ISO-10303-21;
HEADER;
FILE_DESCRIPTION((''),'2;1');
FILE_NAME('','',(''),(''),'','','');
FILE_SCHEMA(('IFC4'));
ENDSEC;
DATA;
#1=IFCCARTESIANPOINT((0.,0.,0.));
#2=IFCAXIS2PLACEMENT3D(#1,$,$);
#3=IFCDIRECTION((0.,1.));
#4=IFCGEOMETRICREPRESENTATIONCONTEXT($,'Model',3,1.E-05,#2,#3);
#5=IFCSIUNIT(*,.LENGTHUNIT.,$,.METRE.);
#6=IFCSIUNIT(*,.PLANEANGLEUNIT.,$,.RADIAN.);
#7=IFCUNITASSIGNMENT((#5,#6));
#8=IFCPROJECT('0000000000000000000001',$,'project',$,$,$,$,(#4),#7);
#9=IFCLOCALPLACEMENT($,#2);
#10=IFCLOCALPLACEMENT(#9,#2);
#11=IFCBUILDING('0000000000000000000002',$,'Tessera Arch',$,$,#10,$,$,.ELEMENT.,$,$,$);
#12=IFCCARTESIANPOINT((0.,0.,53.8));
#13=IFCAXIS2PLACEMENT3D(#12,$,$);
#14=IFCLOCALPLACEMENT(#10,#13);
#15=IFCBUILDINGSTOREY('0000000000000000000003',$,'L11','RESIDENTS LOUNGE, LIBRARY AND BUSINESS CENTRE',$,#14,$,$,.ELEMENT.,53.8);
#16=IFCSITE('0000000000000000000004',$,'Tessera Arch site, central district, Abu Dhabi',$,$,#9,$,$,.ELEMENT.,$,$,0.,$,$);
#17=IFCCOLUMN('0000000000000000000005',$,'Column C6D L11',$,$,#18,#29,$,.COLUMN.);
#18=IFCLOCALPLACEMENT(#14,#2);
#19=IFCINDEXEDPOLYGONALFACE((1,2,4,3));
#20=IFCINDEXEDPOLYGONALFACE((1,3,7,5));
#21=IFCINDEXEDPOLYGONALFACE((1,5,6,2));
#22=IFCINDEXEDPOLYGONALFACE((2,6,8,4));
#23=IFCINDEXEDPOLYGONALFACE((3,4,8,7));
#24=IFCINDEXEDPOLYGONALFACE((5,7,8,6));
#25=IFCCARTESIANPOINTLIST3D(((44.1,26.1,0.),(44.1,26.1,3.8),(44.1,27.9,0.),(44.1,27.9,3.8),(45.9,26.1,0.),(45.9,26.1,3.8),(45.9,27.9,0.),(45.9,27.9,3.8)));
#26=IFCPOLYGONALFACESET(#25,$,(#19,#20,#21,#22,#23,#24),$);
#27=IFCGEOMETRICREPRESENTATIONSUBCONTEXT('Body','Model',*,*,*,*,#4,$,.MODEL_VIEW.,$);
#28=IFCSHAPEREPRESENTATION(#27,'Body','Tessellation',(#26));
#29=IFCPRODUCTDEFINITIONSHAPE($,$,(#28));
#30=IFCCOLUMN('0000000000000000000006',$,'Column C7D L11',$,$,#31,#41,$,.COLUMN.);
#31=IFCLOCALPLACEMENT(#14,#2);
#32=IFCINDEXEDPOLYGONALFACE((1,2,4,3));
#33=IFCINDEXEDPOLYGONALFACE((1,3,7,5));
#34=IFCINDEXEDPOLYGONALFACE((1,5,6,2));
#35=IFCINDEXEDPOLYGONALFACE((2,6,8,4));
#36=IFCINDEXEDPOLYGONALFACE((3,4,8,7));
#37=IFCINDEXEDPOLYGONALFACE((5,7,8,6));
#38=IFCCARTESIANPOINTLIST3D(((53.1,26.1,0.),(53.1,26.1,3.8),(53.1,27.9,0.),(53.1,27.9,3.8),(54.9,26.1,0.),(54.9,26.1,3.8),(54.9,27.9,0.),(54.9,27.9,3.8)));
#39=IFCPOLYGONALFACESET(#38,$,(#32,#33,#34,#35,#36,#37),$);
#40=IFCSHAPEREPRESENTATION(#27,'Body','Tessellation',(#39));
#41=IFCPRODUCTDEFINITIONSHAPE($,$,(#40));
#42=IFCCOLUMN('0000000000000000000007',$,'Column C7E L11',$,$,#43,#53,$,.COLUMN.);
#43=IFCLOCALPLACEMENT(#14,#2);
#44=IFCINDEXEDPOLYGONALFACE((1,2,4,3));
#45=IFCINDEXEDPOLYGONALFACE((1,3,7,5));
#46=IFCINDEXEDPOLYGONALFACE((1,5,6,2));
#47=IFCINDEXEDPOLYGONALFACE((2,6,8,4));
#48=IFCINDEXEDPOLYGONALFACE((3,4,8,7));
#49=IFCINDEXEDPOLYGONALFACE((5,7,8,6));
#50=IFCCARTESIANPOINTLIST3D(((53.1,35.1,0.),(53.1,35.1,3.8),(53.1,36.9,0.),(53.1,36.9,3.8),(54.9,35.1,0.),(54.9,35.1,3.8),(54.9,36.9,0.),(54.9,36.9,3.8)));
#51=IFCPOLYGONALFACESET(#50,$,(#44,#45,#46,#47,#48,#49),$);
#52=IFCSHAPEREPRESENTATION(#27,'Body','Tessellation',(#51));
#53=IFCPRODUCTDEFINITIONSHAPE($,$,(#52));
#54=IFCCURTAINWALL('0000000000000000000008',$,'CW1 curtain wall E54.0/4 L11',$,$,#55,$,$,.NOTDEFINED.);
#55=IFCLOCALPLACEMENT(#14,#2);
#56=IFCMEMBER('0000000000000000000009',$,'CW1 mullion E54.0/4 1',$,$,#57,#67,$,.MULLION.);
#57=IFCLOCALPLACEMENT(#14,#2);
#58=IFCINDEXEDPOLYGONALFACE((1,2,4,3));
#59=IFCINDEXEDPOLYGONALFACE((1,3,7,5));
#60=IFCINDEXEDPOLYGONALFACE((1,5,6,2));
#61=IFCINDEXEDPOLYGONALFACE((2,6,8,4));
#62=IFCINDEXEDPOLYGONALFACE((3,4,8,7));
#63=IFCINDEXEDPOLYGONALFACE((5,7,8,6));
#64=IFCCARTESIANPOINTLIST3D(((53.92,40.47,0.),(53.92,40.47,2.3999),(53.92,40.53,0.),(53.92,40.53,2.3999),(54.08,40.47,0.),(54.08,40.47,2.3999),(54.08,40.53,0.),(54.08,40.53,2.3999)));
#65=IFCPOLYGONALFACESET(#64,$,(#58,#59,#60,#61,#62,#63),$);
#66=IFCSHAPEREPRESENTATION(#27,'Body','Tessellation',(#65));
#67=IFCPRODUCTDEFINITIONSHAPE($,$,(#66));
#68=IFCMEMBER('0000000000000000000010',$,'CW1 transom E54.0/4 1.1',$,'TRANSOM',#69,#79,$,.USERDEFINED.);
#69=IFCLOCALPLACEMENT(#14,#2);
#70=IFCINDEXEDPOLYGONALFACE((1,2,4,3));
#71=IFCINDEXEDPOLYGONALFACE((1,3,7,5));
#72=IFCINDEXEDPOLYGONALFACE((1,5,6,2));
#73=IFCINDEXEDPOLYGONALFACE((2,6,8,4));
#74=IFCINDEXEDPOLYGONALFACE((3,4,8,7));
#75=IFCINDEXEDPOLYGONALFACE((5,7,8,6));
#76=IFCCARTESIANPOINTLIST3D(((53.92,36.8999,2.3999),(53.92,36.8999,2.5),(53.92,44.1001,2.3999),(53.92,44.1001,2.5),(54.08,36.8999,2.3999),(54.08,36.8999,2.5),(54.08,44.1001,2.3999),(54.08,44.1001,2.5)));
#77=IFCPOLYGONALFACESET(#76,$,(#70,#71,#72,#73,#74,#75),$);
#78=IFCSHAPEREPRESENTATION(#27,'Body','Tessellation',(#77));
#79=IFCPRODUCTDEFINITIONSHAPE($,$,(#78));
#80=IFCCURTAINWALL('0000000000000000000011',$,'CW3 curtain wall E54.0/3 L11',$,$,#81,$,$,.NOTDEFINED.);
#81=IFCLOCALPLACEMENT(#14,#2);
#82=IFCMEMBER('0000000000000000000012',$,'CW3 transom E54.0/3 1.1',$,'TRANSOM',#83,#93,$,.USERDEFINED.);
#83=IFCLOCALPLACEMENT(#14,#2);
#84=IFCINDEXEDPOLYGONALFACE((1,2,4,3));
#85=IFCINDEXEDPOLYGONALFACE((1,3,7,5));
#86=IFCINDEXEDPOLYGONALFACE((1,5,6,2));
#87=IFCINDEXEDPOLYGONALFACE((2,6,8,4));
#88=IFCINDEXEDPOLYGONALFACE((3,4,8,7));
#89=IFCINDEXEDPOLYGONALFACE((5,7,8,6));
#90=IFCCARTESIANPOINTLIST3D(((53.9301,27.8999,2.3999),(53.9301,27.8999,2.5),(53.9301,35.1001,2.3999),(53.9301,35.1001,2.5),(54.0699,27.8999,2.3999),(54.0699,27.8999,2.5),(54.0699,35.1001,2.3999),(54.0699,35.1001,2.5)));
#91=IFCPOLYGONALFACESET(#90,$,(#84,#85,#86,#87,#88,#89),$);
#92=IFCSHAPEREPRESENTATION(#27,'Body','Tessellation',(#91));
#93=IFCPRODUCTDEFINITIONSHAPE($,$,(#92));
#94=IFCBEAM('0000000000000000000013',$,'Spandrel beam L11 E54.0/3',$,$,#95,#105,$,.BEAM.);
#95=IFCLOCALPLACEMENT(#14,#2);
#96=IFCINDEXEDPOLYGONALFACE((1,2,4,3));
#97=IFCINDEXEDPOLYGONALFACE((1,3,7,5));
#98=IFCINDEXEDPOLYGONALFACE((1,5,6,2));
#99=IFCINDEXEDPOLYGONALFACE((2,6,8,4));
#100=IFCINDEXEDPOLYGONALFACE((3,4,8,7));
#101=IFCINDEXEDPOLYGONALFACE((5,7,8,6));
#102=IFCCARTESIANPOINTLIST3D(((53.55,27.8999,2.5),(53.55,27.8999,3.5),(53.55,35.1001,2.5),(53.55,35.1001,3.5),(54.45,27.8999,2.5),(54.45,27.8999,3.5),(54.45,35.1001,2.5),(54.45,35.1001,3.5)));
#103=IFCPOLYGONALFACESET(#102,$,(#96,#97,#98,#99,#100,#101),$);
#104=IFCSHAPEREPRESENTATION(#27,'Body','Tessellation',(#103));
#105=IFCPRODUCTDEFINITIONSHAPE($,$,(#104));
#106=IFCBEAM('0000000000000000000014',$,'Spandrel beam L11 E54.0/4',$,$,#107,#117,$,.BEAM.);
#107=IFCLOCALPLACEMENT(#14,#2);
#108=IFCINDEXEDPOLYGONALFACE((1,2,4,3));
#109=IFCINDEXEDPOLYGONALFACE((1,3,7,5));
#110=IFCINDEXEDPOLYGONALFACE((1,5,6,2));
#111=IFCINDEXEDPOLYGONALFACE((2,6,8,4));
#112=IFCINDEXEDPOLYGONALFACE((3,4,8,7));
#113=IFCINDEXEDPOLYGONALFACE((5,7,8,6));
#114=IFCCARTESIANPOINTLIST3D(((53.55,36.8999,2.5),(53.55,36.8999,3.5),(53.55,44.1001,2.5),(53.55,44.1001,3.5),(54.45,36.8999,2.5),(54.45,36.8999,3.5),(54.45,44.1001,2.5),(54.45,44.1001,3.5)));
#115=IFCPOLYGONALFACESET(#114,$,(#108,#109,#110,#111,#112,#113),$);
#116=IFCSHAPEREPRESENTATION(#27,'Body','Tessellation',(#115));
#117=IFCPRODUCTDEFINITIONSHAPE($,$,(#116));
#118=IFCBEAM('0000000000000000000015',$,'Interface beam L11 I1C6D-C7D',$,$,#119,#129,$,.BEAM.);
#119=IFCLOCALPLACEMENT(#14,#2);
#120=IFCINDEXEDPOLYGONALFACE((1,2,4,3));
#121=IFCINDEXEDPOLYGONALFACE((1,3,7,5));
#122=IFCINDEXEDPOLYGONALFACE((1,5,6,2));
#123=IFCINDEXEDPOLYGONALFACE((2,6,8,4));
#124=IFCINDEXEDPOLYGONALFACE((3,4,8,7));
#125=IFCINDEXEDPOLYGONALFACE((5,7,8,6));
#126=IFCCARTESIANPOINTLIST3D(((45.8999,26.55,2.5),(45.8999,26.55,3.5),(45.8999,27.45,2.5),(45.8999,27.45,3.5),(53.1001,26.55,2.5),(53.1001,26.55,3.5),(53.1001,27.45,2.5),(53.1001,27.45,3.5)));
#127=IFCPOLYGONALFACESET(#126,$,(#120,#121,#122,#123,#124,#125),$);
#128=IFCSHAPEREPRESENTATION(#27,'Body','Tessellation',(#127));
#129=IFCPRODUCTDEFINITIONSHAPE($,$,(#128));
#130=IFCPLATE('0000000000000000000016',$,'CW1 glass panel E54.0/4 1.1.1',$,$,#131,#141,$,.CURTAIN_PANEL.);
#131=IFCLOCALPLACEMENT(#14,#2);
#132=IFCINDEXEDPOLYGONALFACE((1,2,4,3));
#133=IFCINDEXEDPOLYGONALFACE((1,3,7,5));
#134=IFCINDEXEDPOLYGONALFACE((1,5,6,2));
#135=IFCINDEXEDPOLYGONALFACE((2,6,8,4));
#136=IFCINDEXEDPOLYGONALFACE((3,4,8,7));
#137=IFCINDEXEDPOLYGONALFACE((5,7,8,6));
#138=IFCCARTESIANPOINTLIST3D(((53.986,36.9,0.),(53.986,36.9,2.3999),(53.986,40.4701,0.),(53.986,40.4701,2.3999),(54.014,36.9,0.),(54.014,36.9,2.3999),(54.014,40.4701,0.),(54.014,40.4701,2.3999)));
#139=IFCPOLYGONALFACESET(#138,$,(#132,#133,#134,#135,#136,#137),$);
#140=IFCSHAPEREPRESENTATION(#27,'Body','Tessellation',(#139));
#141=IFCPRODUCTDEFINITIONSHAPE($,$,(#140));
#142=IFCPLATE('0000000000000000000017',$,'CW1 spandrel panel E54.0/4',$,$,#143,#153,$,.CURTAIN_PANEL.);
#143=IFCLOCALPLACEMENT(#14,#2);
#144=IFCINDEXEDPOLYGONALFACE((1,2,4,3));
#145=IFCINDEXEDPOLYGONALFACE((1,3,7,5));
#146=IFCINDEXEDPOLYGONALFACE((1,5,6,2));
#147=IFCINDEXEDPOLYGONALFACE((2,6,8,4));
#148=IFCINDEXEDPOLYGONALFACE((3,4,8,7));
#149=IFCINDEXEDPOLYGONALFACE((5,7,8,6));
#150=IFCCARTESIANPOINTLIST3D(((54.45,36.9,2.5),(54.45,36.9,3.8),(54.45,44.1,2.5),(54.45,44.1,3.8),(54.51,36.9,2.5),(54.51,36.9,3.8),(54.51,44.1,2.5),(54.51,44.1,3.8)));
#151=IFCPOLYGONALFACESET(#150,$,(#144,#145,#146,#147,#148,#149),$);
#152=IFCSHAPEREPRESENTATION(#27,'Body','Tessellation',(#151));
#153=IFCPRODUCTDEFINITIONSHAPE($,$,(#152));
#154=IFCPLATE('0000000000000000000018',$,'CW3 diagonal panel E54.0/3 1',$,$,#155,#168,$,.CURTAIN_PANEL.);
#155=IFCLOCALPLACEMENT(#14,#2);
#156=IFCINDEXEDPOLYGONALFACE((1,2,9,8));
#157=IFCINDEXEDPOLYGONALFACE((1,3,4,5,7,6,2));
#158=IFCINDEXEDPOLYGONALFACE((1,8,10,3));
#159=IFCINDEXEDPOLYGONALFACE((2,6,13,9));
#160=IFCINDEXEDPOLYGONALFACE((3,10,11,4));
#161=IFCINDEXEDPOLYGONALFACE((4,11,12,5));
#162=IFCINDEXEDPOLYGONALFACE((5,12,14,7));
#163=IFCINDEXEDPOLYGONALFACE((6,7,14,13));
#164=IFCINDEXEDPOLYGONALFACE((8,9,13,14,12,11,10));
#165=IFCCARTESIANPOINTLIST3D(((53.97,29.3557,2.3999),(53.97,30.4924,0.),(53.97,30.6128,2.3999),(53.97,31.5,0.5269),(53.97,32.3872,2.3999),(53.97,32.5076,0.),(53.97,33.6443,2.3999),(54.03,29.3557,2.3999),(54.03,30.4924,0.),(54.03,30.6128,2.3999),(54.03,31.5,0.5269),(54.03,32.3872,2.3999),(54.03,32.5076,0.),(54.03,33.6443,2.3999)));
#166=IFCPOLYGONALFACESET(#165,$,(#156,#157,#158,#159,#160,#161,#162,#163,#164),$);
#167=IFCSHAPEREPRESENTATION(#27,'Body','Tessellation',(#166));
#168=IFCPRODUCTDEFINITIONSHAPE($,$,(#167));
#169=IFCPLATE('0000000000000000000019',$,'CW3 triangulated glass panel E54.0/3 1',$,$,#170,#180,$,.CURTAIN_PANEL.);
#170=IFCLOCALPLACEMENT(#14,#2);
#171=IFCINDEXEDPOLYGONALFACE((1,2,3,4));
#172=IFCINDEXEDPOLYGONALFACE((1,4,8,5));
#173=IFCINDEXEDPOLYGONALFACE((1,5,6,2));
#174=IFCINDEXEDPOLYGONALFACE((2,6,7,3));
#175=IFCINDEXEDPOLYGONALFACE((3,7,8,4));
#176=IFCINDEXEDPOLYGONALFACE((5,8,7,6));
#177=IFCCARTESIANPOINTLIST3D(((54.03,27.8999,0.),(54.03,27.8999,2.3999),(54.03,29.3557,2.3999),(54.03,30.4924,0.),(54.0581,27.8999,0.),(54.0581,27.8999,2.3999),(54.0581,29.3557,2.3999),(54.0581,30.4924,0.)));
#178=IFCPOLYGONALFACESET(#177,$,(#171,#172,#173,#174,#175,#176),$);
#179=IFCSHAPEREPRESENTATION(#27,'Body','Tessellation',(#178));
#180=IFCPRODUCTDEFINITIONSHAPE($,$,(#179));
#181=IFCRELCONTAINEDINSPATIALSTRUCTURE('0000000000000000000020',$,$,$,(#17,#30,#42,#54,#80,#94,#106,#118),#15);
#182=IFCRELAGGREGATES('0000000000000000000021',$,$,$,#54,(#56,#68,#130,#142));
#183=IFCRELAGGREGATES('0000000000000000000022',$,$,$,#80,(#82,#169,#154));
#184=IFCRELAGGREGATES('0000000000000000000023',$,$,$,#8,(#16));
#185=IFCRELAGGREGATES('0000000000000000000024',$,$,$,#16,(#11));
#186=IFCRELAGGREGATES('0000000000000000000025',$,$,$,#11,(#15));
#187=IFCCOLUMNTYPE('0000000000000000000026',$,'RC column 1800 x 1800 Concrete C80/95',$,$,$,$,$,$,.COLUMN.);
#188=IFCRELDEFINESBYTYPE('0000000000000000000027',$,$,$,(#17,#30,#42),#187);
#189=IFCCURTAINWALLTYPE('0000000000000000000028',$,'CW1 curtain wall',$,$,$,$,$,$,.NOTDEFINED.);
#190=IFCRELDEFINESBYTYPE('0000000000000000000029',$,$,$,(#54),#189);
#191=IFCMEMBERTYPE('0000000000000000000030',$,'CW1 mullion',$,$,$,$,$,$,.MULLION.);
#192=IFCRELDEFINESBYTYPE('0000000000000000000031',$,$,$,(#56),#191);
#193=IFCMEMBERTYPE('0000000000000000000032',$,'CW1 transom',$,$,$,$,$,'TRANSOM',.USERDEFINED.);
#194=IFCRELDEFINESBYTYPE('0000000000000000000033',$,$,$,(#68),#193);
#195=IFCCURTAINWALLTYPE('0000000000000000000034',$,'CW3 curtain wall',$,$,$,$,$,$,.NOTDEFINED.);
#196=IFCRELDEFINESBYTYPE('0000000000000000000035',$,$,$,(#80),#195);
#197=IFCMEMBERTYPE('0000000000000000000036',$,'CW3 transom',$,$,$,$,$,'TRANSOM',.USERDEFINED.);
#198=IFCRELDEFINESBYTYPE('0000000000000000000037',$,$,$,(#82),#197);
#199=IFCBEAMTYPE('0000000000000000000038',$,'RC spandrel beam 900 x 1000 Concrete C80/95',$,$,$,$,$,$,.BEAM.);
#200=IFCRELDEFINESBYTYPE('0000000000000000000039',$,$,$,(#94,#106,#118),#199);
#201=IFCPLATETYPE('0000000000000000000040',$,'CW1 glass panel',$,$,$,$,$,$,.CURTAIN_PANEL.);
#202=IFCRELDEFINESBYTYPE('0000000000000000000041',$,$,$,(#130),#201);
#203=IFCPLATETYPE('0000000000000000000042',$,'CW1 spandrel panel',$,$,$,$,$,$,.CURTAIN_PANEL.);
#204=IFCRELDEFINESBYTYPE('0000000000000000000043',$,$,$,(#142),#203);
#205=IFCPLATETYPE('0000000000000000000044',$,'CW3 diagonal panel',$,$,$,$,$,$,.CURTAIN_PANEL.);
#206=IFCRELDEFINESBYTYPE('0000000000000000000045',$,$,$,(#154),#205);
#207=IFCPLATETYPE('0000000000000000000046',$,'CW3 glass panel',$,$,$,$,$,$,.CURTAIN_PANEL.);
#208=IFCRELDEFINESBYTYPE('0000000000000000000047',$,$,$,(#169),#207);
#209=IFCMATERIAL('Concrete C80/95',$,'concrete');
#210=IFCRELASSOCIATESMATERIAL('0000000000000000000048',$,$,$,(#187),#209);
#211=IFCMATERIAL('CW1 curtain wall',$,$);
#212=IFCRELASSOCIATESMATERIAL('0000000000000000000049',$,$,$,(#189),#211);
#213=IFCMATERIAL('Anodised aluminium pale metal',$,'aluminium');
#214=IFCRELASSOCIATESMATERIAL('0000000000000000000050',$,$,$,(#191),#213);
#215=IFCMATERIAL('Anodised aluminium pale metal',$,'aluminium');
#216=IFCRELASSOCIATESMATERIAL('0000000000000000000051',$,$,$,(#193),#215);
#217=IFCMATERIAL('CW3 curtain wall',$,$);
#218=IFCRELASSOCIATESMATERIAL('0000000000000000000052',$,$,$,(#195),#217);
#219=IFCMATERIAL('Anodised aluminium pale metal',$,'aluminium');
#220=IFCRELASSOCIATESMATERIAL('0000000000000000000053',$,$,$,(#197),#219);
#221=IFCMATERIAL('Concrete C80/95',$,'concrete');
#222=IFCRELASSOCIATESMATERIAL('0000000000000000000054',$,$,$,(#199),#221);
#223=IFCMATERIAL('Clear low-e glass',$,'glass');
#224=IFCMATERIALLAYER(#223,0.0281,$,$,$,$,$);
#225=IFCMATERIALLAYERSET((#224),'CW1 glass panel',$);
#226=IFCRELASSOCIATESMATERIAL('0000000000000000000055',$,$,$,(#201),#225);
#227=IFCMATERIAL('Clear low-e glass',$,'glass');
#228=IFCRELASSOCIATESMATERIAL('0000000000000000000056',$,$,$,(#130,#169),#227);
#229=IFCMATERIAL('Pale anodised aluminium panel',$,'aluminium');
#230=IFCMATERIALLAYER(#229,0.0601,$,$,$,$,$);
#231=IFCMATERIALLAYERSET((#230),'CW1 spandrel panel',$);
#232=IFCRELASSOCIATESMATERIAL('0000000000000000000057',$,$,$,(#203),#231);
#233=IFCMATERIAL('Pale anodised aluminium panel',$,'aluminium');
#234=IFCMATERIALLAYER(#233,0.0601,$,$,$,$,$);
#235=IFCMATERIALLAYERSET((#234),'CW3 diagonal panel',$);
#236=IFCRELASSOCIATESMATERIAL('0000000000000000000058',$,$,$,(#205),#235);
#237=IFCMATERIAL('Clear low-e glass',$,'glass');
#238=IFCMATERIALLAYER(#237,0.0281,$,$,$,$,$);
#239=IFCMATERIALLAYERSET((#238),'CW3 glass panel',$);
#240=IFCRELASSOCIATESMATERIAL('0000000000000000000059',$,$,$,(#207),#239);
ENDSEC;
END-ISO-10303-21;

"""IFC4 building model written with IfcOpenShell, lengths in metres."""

from ifc_helpers import new_model, si_unit, direction, frame, origin, origin_2d, place, context, subcontext, project, spatial, polyline, rectangle, outline, extrude, material, layer, layer_set, material_profile, profile_set, type_object, element, aggregate, save


model = new_model("IFC4")

# Units and contexts
model_context = context("Model", 3, precision=1e-05, world=origin(), true_north=direction((0.0, 1.0)))
body_context = subcontext(model_context, "Body", "Model", "MODEL_VIEW")
ifc_project = project(units=[si_unit("LENGTHUNIT", "METRE"), si_unit("PLANEANGLEUNIT", "RADIAN")], contexts=[model_context])

# Site, building, storey
site_placement = place(None, origin())
site = spatial("IfcSite", under=ifc_project, at=site_placement, Name="Tessera Arch site, central district, Abu Dhabi", CompositionType="ELEMENT", RefElevation=0.0)
building_placement = place(site_placement, origin())
building = spatial("IfcBuilding", under=site, at=building_placement, Name="Tessera Arch", CompositionType="ELEMENT")
storey_placement = place(building_placement, frame((0.0, 0.0, 53.8)))
storey = spatial("IfcBuildingStorey", under=building, at=storey_placement, Name="L11", Description="RESIDENTS LOUNGE, LIBRARY AND BUSINESS CENTRE", CompositionType="ELEMENT", Elevation=53.8)

# Columns
ifc_material_1 = material(Name="Concrete C80/95", Category="concrete")
ifc_material_profile_1 = material_profile(ifc_material_1, rectangle(XDim=1.8, YDim=1.8, at=origin_2d()), Name="RC column 1800 x 1800 Concrete C80/95")
ifc_profile_set_1 = profile_set([ifc_material_profile_1], Name="Concrete C80/95")
column_type = type_object("IfcColumnType", Name="RC column 1800 x 1800 Concrete C80/95", PredefinedType="COLUMN", material=ifc_profile_set_1)
for number, where, z_axis, x_axis, name in (
    (1, (45.0, 27.0, 0.0), (0.0, 0.0, 1.0), (1.0, 0.0, 0.0), "Column C6D L11"),
    (2, (54.0, 27.0, 0.0), (0.0, 0.0, 1.0), (1.0, 0.0, 0.0), "Column C7D L11"),
    (3, (54.0, 36.0, 0.0), (0.0, 0.0, 1.0), (1.0, 0.0, 0.0), "Column C7E L11"),
):
    element("IfcColumn", number, at=place(storey_placement, frame(where, z_axis=z_axis, x_axis=x_axis)), inside=storey, type_object=column_type, Name=name, PredefinedType="COLUMN", context=body_context, shape_type="SweptSolid", body=[
        extrude(rectangle(XDim=1.8, YDim=1.8, at=origin_2d()), origin(), (0.0, 0.0, 1.0), 3.8),
    ])

# Curtain wall, members
ifc_material_2 = material(Name="CW1 curtain wall")
curtain_wall_type_1 = type_object("IfcCurtainWallType", Name="CW1 curtain wall", PredefinedType="NOTDEFINED", material=ifc_material_2)
curtain_wall_1_placement = place(storey_placement, origin())
curtain_wall_1 = element("IfcCurtainWall", 4, at=curtain_wall_1_placement, inside=storey, type_object=curtain_wall_type_1, Name="CW1 curtain wall E54.0/4 L11", PredefinedType="NOTDEFINED")
ifc_material_3 = material(Name="Anodised aluminium pale metal", Category="aluminium")
ifc_material_profile_2 = material_profile(ifc_material_3, rectangle(XDim=0.1599, YDim=0.0601, at=origin_2d()), Name="AL 60x160")
ifc_profile_set_2 = profile_set([ifc_material_profile_2], Name="Anodised aluminium pale metal")
member_type_1 = type_object("IfcMemberType", Name="CW1 mullion", PredefinedType="MULLION", material=ifc_profile_set_2)
member_1_placement = place(storey_placement, frame((54.0, 40.5, 0.0), z_axis=(0.0, 0.0, 1.0), x_axis=(-1.0, 0.0, 0.0)))
member_1 = element("IfcMember", 5, at=member_1_placement, type_object=member_type_1, Name="CW1 mullion E54.0/4 1", PredefinedType="MULLION", context=body_context, shape_type="SweptSolid", body=[
    extrude(rectangle(XDim=0.1599, YDim=0.0601, at=origin_2d()), origin(), (0.0, 0.0, 1.0), 2.3999),
])
ifc_material_4 = material(Name="Anodised aluminium pale metal", Category="aluminium")
ifc_material_profile_3 = material_profile(ifc_material_4, rectangle(XDim=0.1599, YDim=0.1001, at=origin_2d()), Name="AL 160x100")
ifc_profile_set_3 = profile_set([ifc_material_profile_3], Name="Anodised aluminium pale metal")
member_type_2 = type_object("IfcMemberType", Name="CW1 transom", ElementType="TRANSOM", PredefinedType="USERDEFINED", material=ifc_profile_set_3)
member_2_placement = place(storey_placement, frame((54.0, 36.8999, 2.45), z_axis=(0.0, 1.0, 0.0), x_axis=(-1.0, 0.0, 0.0)))
member_2 = element("IfcMember", 6, at=member_2_placement, type_object=member_type_2, Name="CW1 transom E54.0/4 1.1", ObjectType="TRANSOM", PredefinedType="USERDEFINED", context=body_context, shape_type="SweptSolid", body=[
    extrude(rectangle(XDim=0.1599, YDim=0.1001, at=origin_2d()), origin(), (0.0, 0.0, 1.0), 7.2002),
])

# Curtain wall, member
ifc_material_5 = material(Name="CW3 curtain wall")
curtain_wall_type_2 = type_object("IfcCurtainWallType", Name="CW3 curtain wall", PredefinedType="NOTDEFINED", material=ifc_material_5)
curtain_wall_2_placement = place(storey_placement, origin())
curtain_wall_2 = element("IfcCurtainWall", 7, at=curtain_wall_2_placement, inside=storey, type_object=curtain_wall_type_2, Name="CW3 curtain wall E54.0/3 L11", PredefinedType="NOTDEFINED")
ifc_material_6 = material(Name="Anodised aluminium pale metal", Category="aluminium")
ifc_material_profile_4 = material_profile(ifc_material_6, rectangle(XDim=0.1399, YDim=0.1001, at=origin_2d()), Name="AL 140x100")
ifc_profile_set_4 = profile_set([ifc_material_profile_4], Name="Anodised aluminium pale metal")
member_type_3 = type_object("IfcMemberType", Name="CW3 transom", ElementType="TRANSOM", PredefinedType="USERDEFINED", material=ifc_profile_set_4)
member_3_placement = place(storey_placement, frame((54.0, 27.8999, 2.45), z_axis=(0.0, 1.0, 0.0), x_axis=(-1.0, 0.0, 0.0)))
member_3 = element("IfcMember", 8, at=member_3_placement, type_object=member_type_3, Name="CW3 transom E54.0/3 1.1", ObjectType="TRANSOM", PredefinedType="USERDEFINED", context=body_context, shape_type="SweptSolid", body=[
    extrude(rectangle(XDim=0.1399, YDim=0.1001, at=origin_2d()), origin(), (0.0, 0.0, 1.0), 7.2002),
])

# Beams
ifc_material_7 = material(Name="Concrete C80/95", Category="concrete")
ifc_material_profile_5 = material_profile(ifc_material_7, rectangle(XDim=0.8999, YDim=1.0, at=origin_2d()), Name="RC spandrel beam 900 x 1000 Concrete C80/95")
ifc_profile_set_5 = profile_set([ifc_material_profile_5], Name="Concrete C80/95")
beam_type = type_object("IfcBeamType", Name="RC spandrel beam 900 x 1000 Concrete C80/95", PredefinedType="BEAM", material=ifc_profile_set_5)
for number, where, z_axis, x_axis, name in (
    (9, (54.0, 27.8999, 3.0), (0.0, 1.0, 0.0), (-1.0, 0.0, 0.0), "Spandrel beam L11 E54.0/3"),
    (10, (54.0, 36.8999, 3.0), (0.0, 1.0, 0.0), (-1.0, 0.0, 0.0), "Spandrel beam L11 E54.0/4"),
    (11, (45.8999, 27.0, 3.0), (1.0, 0.0, 0.0), (0.0, 1.0, 0.0), "Interface beam L11 I1C6D-C7D"),
):
    element("IfcBeam", number, at=place(storey_placement, frame(where, z_axis=z_axis, x_axis=x_axis)), inside=storey, type_object=beam_type, Name=name, PredefinedType="BEAM", context=body_context, shape_type="SweptSolid", body=[
        extrude(rectangle(XDim=0.8999, YDim=1.0, at=origin_2d()), origin(), (0.0, 0.0, 1.0), 7.2002),
    ])

# Plates
ifc_material_8 = material(Name="Clear low-e glass", Category="glass")
ifc_material_9 = material(Name="Clear low-e glass", Category="glass")
ifc_layer_1 = layer(ifc_material_9, 0.0281)
ifc_layer_set_1 = layer_set([ifc_layer_1], Name="CW1 glass panel")
plate_type_1 = type_object("IfcPlateType", Name="CW1 glass panel", PredefinedType="CURTAIN_PANEL", material=ifc_layer_set_1)
plate_1_placement = place(storey_placement, frame((54.0, 38.6851, 0.0), z_axis=(0.0, 0.0, 1.0), x_axis=(0.0, 1.0, 0.0)))
plate_1 = element("IfcPlate", 12, at=plate_1_placement, type_object=plate_type_1, material=ifc_material_8, Name="CW1 glass panel E54.0/4 1.1.1", PredefinedType="CURTAIN_PANEL", context=body_context, shape_type="SweptSolid", body=[
    extrude(rectangle(XDim=3.5701, YDim=0.0281, at=origin_2d()), origin(), (0.0, 0.0, 1.0), 2.3999),
])
ifc_material_10 = material(Name="Pale anodised aluminium panel", Category="aluminium")
ifc_layer_2 = layer(ifc_material_10, 0.0601)
ifc_layer_set_2 = layer_set([ifc_layer_2], Name="CW1 spandrel panel")
plate_type_2 = type_object("IfcPlateType", Name="CW1 spandrel panel", PredefinedType="CURTAIN_PANEL", material=ifc_layer_set_2)
plate_2_placement = place(storey_placement, frame((54.48, 40.5, 2.5), z_axis=(0.0, 0.0, 1.0), x_axis=(0.0, 1.0, 0.0)))
plate_2 = element("IfcPlate", 13, at=plate_2_placement, type_object=plate_type_2, Name="CW1 spandrel panel E54.0/4", PredefinedType="CURTAIN_PANEL", context=body_context, shape_type="SweptSolid", body=[
    extrude(rectangle(XDim=7.2, YDim=0.0601, at=origin_2d()), origin(), (0.0, 0.0, 1.0), 1.3),
])
aggregate(curtain_wall_1, [member_1, member_2, plate_1, plate_2])
ifc_material_11 = material(Name="Pale anodised aluminium panel", Category="aluminium")
ifc_layer_3 = layer(ifc_material_11, 0.0601)
ifc_layer_set_3 = layer_set([ifc_layer_3], Name="CW3 diagonal panel")
plate_type_3 = type_object("IfcPlateType", Name="CW3 diagonal panel", PredefinedType="CURTAIN_PANEL", material=ifc_layer_set_3)
plate_3_placement = place(storey_placement, frame((54.03, 33.6443, 2.3999), z_axis=(1.0, 0.0, 0.0), x_axis=(0.0, -1.0, 0.0)))
plate_3 = element("IfcPlate", 14, at=plate_3_placement, type_object=plate_type_3, Name="CW3 diagonal panel E54.0/3 1", PredefinedType="CURTAIN_PANEL", context=body_context, shape_type="SweptSolid", body=[
    extrude(outline(polyline([(0.0, 0.0), (1.2571, 0.0), (2.1443, 1.873), (3.0315, 0.0), (4.2886, 0.0), (3.1519, 2.3999), (1.1367, 2.3999), (0.0, 0.0)])), origin(), (0.0, 0.0, -1.0), 0.0601),
])
ifc_material_12 = material(Name="Clear low-e glass", Category="glass")
ifc_layer_4 = layer(ifc_material_12, 0.0281)
ifc_layer_set_4 = layer_set([ifc_layer_4], Name="CW3 glass panel")
plate_type_4 = type_object("IfcPlateType", Name="CW3 glass panel", PredefinedType="CURTAIN_PANEL", material=ifc_layer_set_4)
plate_4_placement = place(storey_placement, frame((54.0581, 27.8999, 0.0), z_axis=(1.0, 0.0, 0.0), x_axis=(0.0, 1.0, 0.0)))
plate_4 = element("IfcPlate", 15, at=plate_4_placement, type_object=plate_type_4, material=ifc_material_8, Name="CW3 triangulated glass panel E54.0/3 1", PredefinedType="CURTAIN_PANEL", context=body_context, shape_type="SweptSolid", body=[
    extrude(outline(polyline([(0.0, 0.0), (2.5925, 0.0), (1.4558, 2.3999), (0.0, 2.3999), (0.0, 0.0)])), origin(), (0.0, 0.0, -1.0), 0.0281),
])
aggregate(curtain_wall_2, [member_3, plate_4, plate_3])

save(model, "model.ifc")
